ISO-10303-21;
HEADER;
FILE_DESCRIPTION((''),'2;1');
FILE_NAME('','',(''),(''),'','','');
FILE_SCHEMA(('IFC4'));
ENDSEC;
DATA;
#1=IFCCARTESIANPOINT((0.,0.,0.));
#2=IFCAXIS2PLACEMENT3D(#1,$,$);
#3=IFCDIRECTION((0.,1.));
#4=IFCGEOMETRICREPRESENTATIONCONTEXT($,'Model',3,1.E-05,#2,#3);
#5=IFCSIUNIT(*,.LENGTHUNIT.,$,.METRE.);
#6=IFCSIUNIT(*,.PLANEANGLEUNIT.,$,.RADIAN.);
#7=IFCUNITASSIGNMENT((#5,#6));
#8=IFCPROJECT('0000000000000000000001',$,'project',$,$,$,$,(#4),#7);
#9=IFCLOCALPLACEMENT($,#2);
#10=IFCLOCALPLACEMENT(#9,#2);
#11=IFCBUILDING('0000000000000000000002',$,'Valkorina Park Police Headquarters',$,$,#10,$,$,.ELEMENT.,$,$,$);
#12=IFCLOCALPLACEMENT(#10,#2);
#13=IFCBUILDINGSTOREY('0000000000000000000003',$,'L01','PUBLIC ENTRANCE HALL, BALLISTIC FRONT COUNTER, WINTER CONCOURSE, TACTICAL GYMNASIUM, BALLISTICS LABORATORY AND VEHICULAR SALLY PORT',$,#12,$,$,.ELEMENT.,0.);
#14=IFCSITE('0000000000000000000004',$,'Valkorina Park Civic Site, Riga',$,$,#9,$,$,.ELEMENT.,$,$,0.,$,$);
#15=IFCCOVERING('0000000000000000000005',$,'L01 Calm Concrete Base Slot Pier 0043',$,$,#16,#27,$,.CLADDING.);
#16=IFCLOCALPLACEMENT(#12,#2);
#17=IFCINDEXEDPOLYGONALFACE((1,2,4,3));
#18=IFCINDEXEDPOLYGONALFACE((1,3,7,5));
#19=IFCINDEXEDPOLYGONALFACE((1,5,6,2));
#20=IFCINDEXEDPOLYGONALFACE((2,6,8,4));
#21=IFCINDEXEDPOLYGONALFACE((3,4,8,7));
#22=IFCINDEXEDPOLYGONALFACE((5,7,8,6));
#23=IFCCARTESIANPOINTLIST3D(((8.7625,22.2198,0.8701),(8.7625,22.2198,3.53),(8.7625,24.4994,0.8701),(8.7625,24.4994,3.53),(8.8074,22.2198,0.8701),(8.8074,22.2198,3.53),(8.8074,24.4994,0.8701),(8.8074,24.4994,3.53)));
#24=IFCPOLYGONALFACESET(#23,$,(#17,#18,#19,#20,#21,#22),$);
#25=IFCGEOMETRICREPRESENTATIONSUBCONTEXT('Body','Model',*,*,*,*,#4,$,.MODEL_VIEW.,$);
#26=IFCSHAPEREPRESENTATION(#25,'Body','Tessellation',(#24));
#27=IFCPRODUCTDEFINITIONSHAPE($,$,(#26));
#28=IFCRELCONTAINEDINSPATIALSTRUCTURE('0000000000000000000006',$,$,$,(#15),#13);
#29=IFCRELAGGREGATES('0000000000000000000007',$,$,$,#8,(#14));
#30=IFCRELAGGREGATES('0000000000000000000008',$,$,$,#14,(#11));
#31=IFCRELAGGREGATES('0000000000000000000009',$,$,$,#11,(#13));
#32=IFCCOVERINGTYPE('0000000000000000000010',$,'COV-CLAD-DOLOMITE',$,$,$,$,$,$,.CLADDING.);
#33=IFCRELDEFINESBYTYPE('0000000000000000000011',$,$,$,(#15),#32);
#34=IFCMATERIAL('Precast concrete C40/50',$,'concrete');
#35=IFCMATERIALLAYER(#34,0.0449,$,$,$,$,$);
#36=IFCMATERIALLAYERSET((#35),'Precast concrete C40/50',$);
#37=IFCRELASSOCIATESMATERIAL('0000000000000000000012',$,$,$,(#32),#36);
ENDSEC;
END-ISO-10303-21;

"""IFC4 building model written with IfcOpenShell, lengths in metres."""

from ifc_helpers import new_model, si_unit, direction, frame, frame_2d, origin, place, context, subcontext, project, spatial, rectangle, extrude, material, layer, layer_set, type_object, element, save


model = new_model("IFC4")

# Units and contexts
model_context = context("Model", 3, precision=1e-05, world=origin(), true_north=direction((0.0, 1.0)))
body_context = subcontext(model_context, "Body", "Model", "MODEL_VIEW")
ifc_project = project(units=[si_unit("LENGTHUNIT", "METRE"), si_unit("PLANEANGLEUNIT", "RADIAN")], contexts=[model_context])

# Site, building, storey
site_placement = place(None, origin())
site = spatial("IfcSite", under=ifc_project, at=site_placement, Name="Valkorina Park Civic Site, Riga", CompositionType="ELEMENT", RefElevation=0.0)
building_placement = place(site_placement, origin())
building = spatial("IfcBuilding", under=site, at=building_placement, Name="Valkorina Park Police Headquarters", CompositionType="ELEMENT")
storey_placement = place(building_placement, origin())
storey = spatial("IfcBuildingStorey", under=building, at=storey_placement, Name="L01", Description="PUBLIC ENTRANCE HALL, BALLISTIC FRONT COUNTER, WINTER CONCOURSE, TACTICAL GYMNASIUM, BALLISTICS LABORATORY AND VEHICULAR SALLY PORT", CompositionType="ELEMENT", Elevation=0.0)

# Covering
ifc_material_1 = material(Name="Precast concrete C40/50", Category="concrete")
ifc_layer_1 = layer(ifc_material_1, 0.0449)
ifc_layer_set_1 = layer_set([ifc_layer_1], Name="Precast concrete C40/50")
covering_type = type_object("IfcCoveringType", Name="COV-CLAD-DOLOMITE", PredefinedType="CLADDING", material=ifc_layer_set_1)
covering_1_placement = place(storey_placement, frame((8.7849, 22.22, 0.8701), z_axis=(0.0, 0.0, 1.0), x_axis=(0.0, 1.0, 0.0)))
element("IfcCovering", 1, at=covering_1_placement, inside=storey, type_object=covering_type, Name="L01 Calm Concrete Base Slot Pier 0043", PredefinedType="CLADDING", context=body_context, shape_type="SweptSolid", body=[
    extrude(rectangle(XDim=2.2795, YDim=0.0449, at=frame_2d((1.1396, 0.0))), origin(), (0.0, 0.0, 1.0), 2.6599),
])

save(model, "model.ifc")
